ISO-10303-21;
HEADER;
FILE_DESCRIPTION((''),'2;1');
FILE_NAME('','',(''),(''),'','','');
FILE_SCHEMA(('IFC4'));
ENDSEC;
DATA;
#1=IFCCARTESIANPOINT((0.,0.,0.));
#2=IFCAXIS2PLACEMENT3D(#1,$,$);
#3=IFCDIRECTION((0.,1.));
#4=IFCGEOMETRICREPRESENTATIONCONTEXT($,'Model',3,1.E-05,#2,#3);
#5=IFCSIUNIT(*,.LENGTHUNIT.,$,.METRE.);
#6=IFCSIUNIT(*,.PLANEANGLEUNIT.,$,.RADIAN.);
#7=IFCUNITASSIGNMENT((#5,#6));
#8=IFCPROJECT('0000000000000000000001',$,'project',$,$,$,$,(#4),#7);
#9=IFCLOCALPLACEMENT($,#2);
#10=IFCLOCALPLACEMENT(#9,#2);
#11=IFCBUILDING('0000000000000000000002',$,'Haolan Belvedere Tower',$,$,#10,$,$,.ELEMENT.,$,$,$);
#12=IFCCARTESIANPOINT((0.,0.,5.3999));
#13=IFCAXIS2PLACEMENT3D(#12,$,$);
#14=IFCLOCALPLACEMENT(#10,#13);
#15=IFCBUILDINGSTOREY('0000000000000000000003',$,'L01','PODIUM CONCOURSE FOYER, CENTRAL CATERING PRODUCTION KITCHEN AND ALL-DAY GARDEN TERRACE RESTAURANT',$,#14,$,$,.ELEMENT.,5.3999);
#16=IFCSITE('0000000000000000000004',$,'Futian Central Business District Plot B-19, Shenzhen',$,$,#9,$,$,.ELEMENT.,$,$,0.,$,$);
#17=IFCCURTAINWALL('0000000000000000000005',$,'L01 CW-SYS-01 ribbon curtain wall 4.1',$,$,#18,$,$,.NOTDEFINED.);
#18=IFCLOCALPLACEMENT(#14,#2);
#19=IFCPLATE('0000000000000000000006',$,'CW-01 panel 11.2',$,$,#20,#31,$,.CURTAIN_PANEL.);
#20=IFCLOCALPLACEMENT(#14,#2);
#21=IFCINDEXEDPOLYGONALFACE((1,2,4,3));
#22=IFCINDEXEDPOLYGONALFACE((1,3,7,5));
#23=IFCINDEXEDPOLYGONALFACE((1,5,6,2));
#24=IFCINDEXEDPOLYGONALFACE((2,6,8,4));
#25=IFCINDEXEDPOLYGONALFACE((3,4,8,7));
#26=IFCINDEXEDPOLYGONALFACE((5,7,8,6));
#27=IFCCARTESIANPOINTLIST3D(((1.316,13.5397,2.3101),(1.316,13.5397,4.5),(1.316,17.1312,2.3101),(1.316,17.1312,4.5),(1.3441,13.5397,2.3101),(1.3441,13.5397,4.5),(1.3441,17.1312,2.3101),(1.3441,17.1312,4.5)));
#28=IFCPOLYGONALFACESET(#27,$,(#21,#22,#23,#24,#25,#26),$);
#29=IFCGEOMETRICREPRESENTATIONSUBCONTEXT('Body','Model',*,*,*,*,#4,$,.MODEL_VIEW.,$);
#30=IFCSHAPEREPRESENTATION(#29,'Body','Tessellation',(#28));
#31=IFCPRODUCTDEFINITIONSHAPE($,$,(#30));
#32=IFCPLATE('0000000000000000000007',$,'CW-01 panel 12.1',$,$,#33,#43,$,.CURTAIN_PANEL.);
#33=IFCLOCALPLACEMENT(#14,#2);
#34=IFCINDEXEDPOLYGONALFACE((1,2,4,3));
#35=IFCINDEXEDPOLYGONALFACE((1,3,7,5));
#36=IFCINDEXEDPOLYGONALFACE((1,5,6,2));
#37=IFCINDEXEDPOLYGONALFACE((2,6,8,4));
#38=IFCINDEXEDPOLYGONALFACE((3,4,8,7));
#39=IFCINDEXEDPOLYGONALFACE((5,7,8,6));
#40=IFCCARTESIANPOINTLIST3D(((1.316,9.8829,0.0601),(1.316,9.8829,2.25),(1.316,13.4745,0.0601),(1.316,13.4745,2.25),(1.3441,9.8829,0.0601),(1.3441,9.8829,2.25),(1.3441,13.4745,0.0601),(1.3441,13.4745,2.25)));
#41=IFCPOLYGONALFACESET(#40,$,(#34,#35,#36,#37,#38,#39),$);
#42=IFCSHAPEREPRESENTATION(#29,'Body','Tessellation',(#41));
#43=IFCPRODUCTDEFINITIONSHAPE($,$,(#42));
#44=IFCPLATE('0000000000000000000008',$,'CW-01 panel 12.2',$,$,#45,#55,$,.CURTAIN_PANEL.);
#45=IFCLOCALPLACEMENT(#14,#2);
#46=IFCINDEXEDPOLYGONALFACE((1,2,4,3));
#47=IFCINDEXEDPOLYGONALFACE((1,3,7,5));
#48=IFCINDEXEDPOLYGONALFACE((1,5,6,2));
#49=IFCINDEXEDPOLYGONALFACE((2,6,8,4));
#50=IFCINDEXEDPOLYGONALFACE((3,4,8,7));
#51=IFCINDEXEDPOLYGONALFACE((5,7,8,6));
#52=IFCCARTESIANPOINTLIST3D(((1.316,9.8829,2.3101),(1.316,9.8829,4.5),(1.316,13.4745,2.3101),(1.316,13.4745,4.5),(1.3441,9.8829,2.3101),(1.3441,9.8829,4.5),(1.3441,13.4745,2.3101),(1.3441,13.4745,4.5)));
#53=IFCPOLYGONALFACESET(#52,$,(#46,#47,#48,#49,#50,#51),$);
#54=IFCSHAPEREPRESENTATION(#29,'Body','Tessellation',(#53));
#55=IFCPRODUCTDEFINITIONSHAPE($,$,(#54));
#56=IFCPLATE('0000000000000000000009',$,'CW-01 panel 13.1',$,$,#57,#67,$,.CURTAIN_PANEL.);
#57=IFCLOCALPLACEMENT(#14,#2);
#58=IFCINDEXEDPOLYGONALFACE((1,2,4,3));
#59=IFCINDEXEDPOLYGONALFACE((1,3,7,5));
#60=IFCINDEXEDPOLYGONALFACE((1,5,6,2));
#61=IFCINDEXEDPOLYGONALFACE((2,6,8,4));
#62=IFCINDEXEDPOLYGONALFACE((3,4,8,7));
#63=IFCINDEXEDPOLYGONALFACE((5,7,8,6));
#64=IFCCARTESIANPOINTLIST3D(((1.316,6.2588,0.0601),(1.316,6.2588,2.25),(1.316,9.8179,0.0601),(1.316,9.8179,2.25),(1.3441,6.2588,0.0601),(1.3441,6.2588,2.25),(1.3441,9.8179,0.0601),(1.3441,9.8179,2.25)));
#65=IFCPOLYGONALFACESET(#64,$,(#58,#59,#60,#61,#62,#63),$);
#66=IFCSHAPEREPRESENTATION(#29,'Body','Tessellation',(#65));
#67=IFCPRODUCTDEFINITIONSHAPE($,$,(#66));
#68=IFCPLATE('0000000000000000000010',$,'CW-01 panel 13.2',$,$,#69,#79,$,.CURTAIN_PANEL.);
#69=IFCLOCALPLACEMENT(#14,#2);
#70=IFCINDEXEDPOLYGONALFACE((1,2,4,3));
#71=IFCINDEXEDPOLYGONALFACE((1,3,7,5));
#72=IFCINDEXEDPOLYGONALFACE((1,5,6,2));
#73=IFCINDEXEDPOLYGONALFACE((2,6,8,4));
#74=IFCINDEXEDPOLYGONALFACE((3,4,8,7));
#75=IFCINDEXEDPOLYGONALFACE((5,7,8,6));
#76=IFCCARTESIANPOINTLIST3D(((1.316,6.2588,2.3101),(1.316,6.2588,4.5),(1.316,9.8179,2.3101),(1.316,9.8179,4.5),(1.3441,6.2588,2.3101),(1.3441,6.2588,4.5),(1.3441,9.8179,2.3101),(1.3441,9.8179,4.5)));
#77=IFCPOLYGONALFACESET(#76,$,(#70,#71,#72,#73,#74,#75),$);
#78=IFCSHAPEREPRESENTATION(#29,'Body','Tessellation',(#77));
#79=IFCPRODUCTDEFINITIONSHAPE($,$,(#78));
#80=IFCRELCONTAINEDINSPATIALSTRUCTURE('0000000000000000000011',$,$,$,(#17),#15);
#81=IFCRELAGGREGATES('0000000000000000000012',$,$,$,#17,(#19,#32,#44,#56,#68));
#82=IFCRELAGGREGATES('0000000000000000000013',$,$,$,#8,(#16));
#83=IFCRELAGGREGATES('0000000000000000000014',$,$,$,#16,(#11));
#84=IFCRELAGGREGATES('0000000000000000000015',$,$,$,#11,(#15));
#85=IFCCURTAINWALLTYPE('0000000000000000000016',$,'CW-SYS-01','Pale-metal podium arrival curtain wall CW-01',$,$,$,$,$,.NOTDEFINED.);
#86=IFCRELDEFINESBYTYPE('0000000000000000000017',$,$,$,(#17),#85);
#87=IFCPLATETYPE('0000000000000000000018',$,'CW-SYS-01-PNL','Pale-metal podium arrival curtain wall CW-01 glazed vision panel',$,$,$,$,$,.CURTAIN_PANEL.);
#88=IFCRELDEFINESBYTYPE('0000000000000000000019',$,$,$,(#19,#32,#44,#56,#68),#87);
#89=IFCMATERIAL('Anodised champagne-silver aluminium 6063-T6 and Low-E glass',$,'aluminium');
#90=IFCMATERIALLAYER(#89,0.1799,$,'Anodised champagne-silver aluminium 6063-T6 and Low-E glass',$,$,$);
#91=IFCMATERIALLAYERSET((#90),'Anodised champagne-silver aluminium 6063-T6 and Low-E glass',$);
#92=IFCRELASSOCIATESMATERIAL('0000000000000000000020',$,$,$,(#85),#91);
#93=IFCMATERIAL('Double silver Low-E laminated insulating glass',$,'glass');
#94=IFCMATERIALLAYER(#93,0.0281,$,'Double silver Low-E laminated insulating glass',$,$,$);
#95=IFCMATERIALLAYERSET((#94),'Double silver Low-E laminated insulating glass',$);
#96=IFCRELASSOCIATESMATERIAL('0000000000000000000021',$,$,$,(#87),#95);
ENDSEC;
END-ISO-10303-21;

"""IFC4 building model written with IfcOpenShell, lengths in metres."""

from ifc_helpers import new_model, si_unit, direction, frame, origin, origin_2d, place, context, subcontext, project, spatial, rectangle, extrude, material, layer, layer_set, type_object, element, aggregate, save


model = new_model("IFC4")

# Units and contexts
model_context = context("Model", 3, precision=1e-05, world=origin(), true_north=direction((0.0, 1.0)))
body_context = subcontext(model_context, "Body", "Model", "MODEL_VIEW")
ifc_project = project(units=[si_unit("LENGTHUNIT", "METRE"), si_unit("PLANEANGLEUNIT", "RADIAN")], contexts=[model_context])

# Site, building, storey
site_placement = place(None, origin())
site = spatial("IfcSite", under=ifc_project, at=site_placement, Name="Futian Central Business District Plot B-19, Shenzhen", CompositionType="ELEMENT", RefElevation=0.0)
building_placement = place(site_placement, origin())
building = spatial("IfcBuilding", under=site, at=building_placement, Name="Haolan Belvedere Tower", CompositionType="ELEMENT")
storey_placement = place(building_placement, frame((0.0, 0.0, 5.3999)))
storey = spatial("IfcBuildingStorey", under=building, at=storey_placement, Name="L01", Description="PODIUM CONCOURSE FOYER, CENTRAL CATERING PRODUCTION KITCHEN AND ALL-DAY GARDEN TERRACE RESTAURANT", CompositionType="ELEMENT", Elevation=5.3999)

# Curtain wall, plates
ifc_material_1 = material(Name="Anodised champagne-silver aluminium 6063-T6 and Low-E glass", Category="aluminium")
ifc_layer_1 = layer(ifc_material_1, 0.1799, Name="Anodised champagne-silver aluminium 6063-T6 and Low-E glass")
ifc_layer_set_1 = layer_set([ifc_layer_1], Name="Anodised champagne-silver aluminium 6063-T6 and Low-E glass")
curtain_wall_type = type_object("IfcCurtainWallType", Name="CW-SYS-01", Description="Pale-metal podium arrival curtain wall CW-01", PredefinedType="NOTDEFINED", material=ifc_layer_set_1)
curtain_wall_placement = place(storey_placement, origin())
curtain_wall = element("IfcCurtainWall", 1, at=curtain_wall_placement, inside=storey, type_object=curtain_wall_type, Name="L01 CW-SYS-01 ribbon curtain wall 4.1", PredefinedType="NOTDEFINED")
ifc_material_2 = material(Name="Double silver Low-E laminated insulating glass", Category="glass")
ifc_layer_2 = layer(ifc_material_2, 0.0281, Name="Double silver Low-E laminated insulating glass")
ifc_layer_set_2 = layer_set([ifc_layer_2], Name="Double silver Low-E laminated insulating glass")
plate_type = type_object("IfcPlateType", Name="CW-SYS-01-PNL", Description="Pale-metal podium arrival curtain wall CW-01 glazed vision panel", PredefinedType="CURTAIN_PANEL", material=ifc_layer_set_2)
plate_1_placement = place(storey_placement, frame((1.3301, 15.3354, 2.3101), z_axis=(0.0, 0.0, 1.0), x_axis=(0.0, -1.0, 0.0)))
plate_1 = element("IfcPlate", 2, at=plate_1_placement, type_object=plate_type, Name="CW-01 panel 11.2", PredefinedType="CURTAIN_PANEL", context=body_context, shape_type="SweptSolid", body=[
    extrude(rectangle(XDim=3.5916, YDim=0.0281, at=origin_2d()), origin(), (0.0, 0.0, 1.0), 2.1899),
])
plate_2_placement = place(storey_placement, frame((1.3301, 11.6787, 0.0601), z_axis=(0.0, 0.0, 1.0), x_axis=(0.0, -1.0, 0.0)))
plate_2 = element("IfcPlate", 3, at=plate_2_placement, type_object=plate_type, Name="CW-01 panel 12.1", PredefinedType="CURTAIN_PANEL", context=body_context, shape_type="SweptSolid", body=[
    extrude(rectangle(XDim=3.5916, YDim=0.0281, at=origin_2d()), origin(), (0.0, 0.0, 1.0), 2.1899),
])
plate_3_placement = place(storey_placement, frame((1.3301, 11.6787, 2.3101), z_axis=(0.0, 0.0, 1.0), x_axis=(0.0, -1.0, 0.0)))
plate_3 = element("IfcPlate", 4, at=plate_3_placement, type_object=plate_type, Name="CW-01 panel 12.2", PredefinedType="CURTAIN_PANEL", context=body_context, shape_type="SweptSolid", body=[
    extrude(rectangle(XDim=3.5916, YDim=0.0281, at=origin_2d()), origin(), (0.0, 0.0, 1.0), 2.1899),
])
plate_4_placement = place(storey_placement, frame((1.3301, 8.0383, 0.0601), z_axis=(0.0, 0.0, 1.0), x_axis=(0.0, -1.0, 0.0)))
plate_4 = element("IfcPlate", 5, at=plate_4_placement, type_object=plate_type, Name="CW-01 panel 13.1", PredefinedType="CURTAIN_PANEL", context=body_context, shape_type="SweptSolid", body=[
    extrude(rectangle(XDim=3.5591, YDim=0.0281, at=origin_2d()), origin(), (0.0, 0.0, 1.0), 2.1899),
])
plate_5_placement = place(storey_placement, frame((1.3301, 8.0383, 2.3101), z_axis=(0.0, 0.0, 1.0), x_axis=(0.0, -1.0, 0.0)))
plate_5 = element("IfcPlate", 6, at=plate_5_placement, type_object=plate_type, Name="CW-01 panel 13.2", PredefinedType="CURTAIN_PANEL", context=body_context, shape_type="SweptSolid", body=[
    extrude(rectangle(XDim=3.5591, YDim=0.0281, at=origin_2d()), origin(), (0.0, 0.0, 1.0), 2.1899),
])
aggregate(curtain_wall, [plate_1, plate_2, plate_3, plate_4, plate_5])

save(model, "model.ifc")
